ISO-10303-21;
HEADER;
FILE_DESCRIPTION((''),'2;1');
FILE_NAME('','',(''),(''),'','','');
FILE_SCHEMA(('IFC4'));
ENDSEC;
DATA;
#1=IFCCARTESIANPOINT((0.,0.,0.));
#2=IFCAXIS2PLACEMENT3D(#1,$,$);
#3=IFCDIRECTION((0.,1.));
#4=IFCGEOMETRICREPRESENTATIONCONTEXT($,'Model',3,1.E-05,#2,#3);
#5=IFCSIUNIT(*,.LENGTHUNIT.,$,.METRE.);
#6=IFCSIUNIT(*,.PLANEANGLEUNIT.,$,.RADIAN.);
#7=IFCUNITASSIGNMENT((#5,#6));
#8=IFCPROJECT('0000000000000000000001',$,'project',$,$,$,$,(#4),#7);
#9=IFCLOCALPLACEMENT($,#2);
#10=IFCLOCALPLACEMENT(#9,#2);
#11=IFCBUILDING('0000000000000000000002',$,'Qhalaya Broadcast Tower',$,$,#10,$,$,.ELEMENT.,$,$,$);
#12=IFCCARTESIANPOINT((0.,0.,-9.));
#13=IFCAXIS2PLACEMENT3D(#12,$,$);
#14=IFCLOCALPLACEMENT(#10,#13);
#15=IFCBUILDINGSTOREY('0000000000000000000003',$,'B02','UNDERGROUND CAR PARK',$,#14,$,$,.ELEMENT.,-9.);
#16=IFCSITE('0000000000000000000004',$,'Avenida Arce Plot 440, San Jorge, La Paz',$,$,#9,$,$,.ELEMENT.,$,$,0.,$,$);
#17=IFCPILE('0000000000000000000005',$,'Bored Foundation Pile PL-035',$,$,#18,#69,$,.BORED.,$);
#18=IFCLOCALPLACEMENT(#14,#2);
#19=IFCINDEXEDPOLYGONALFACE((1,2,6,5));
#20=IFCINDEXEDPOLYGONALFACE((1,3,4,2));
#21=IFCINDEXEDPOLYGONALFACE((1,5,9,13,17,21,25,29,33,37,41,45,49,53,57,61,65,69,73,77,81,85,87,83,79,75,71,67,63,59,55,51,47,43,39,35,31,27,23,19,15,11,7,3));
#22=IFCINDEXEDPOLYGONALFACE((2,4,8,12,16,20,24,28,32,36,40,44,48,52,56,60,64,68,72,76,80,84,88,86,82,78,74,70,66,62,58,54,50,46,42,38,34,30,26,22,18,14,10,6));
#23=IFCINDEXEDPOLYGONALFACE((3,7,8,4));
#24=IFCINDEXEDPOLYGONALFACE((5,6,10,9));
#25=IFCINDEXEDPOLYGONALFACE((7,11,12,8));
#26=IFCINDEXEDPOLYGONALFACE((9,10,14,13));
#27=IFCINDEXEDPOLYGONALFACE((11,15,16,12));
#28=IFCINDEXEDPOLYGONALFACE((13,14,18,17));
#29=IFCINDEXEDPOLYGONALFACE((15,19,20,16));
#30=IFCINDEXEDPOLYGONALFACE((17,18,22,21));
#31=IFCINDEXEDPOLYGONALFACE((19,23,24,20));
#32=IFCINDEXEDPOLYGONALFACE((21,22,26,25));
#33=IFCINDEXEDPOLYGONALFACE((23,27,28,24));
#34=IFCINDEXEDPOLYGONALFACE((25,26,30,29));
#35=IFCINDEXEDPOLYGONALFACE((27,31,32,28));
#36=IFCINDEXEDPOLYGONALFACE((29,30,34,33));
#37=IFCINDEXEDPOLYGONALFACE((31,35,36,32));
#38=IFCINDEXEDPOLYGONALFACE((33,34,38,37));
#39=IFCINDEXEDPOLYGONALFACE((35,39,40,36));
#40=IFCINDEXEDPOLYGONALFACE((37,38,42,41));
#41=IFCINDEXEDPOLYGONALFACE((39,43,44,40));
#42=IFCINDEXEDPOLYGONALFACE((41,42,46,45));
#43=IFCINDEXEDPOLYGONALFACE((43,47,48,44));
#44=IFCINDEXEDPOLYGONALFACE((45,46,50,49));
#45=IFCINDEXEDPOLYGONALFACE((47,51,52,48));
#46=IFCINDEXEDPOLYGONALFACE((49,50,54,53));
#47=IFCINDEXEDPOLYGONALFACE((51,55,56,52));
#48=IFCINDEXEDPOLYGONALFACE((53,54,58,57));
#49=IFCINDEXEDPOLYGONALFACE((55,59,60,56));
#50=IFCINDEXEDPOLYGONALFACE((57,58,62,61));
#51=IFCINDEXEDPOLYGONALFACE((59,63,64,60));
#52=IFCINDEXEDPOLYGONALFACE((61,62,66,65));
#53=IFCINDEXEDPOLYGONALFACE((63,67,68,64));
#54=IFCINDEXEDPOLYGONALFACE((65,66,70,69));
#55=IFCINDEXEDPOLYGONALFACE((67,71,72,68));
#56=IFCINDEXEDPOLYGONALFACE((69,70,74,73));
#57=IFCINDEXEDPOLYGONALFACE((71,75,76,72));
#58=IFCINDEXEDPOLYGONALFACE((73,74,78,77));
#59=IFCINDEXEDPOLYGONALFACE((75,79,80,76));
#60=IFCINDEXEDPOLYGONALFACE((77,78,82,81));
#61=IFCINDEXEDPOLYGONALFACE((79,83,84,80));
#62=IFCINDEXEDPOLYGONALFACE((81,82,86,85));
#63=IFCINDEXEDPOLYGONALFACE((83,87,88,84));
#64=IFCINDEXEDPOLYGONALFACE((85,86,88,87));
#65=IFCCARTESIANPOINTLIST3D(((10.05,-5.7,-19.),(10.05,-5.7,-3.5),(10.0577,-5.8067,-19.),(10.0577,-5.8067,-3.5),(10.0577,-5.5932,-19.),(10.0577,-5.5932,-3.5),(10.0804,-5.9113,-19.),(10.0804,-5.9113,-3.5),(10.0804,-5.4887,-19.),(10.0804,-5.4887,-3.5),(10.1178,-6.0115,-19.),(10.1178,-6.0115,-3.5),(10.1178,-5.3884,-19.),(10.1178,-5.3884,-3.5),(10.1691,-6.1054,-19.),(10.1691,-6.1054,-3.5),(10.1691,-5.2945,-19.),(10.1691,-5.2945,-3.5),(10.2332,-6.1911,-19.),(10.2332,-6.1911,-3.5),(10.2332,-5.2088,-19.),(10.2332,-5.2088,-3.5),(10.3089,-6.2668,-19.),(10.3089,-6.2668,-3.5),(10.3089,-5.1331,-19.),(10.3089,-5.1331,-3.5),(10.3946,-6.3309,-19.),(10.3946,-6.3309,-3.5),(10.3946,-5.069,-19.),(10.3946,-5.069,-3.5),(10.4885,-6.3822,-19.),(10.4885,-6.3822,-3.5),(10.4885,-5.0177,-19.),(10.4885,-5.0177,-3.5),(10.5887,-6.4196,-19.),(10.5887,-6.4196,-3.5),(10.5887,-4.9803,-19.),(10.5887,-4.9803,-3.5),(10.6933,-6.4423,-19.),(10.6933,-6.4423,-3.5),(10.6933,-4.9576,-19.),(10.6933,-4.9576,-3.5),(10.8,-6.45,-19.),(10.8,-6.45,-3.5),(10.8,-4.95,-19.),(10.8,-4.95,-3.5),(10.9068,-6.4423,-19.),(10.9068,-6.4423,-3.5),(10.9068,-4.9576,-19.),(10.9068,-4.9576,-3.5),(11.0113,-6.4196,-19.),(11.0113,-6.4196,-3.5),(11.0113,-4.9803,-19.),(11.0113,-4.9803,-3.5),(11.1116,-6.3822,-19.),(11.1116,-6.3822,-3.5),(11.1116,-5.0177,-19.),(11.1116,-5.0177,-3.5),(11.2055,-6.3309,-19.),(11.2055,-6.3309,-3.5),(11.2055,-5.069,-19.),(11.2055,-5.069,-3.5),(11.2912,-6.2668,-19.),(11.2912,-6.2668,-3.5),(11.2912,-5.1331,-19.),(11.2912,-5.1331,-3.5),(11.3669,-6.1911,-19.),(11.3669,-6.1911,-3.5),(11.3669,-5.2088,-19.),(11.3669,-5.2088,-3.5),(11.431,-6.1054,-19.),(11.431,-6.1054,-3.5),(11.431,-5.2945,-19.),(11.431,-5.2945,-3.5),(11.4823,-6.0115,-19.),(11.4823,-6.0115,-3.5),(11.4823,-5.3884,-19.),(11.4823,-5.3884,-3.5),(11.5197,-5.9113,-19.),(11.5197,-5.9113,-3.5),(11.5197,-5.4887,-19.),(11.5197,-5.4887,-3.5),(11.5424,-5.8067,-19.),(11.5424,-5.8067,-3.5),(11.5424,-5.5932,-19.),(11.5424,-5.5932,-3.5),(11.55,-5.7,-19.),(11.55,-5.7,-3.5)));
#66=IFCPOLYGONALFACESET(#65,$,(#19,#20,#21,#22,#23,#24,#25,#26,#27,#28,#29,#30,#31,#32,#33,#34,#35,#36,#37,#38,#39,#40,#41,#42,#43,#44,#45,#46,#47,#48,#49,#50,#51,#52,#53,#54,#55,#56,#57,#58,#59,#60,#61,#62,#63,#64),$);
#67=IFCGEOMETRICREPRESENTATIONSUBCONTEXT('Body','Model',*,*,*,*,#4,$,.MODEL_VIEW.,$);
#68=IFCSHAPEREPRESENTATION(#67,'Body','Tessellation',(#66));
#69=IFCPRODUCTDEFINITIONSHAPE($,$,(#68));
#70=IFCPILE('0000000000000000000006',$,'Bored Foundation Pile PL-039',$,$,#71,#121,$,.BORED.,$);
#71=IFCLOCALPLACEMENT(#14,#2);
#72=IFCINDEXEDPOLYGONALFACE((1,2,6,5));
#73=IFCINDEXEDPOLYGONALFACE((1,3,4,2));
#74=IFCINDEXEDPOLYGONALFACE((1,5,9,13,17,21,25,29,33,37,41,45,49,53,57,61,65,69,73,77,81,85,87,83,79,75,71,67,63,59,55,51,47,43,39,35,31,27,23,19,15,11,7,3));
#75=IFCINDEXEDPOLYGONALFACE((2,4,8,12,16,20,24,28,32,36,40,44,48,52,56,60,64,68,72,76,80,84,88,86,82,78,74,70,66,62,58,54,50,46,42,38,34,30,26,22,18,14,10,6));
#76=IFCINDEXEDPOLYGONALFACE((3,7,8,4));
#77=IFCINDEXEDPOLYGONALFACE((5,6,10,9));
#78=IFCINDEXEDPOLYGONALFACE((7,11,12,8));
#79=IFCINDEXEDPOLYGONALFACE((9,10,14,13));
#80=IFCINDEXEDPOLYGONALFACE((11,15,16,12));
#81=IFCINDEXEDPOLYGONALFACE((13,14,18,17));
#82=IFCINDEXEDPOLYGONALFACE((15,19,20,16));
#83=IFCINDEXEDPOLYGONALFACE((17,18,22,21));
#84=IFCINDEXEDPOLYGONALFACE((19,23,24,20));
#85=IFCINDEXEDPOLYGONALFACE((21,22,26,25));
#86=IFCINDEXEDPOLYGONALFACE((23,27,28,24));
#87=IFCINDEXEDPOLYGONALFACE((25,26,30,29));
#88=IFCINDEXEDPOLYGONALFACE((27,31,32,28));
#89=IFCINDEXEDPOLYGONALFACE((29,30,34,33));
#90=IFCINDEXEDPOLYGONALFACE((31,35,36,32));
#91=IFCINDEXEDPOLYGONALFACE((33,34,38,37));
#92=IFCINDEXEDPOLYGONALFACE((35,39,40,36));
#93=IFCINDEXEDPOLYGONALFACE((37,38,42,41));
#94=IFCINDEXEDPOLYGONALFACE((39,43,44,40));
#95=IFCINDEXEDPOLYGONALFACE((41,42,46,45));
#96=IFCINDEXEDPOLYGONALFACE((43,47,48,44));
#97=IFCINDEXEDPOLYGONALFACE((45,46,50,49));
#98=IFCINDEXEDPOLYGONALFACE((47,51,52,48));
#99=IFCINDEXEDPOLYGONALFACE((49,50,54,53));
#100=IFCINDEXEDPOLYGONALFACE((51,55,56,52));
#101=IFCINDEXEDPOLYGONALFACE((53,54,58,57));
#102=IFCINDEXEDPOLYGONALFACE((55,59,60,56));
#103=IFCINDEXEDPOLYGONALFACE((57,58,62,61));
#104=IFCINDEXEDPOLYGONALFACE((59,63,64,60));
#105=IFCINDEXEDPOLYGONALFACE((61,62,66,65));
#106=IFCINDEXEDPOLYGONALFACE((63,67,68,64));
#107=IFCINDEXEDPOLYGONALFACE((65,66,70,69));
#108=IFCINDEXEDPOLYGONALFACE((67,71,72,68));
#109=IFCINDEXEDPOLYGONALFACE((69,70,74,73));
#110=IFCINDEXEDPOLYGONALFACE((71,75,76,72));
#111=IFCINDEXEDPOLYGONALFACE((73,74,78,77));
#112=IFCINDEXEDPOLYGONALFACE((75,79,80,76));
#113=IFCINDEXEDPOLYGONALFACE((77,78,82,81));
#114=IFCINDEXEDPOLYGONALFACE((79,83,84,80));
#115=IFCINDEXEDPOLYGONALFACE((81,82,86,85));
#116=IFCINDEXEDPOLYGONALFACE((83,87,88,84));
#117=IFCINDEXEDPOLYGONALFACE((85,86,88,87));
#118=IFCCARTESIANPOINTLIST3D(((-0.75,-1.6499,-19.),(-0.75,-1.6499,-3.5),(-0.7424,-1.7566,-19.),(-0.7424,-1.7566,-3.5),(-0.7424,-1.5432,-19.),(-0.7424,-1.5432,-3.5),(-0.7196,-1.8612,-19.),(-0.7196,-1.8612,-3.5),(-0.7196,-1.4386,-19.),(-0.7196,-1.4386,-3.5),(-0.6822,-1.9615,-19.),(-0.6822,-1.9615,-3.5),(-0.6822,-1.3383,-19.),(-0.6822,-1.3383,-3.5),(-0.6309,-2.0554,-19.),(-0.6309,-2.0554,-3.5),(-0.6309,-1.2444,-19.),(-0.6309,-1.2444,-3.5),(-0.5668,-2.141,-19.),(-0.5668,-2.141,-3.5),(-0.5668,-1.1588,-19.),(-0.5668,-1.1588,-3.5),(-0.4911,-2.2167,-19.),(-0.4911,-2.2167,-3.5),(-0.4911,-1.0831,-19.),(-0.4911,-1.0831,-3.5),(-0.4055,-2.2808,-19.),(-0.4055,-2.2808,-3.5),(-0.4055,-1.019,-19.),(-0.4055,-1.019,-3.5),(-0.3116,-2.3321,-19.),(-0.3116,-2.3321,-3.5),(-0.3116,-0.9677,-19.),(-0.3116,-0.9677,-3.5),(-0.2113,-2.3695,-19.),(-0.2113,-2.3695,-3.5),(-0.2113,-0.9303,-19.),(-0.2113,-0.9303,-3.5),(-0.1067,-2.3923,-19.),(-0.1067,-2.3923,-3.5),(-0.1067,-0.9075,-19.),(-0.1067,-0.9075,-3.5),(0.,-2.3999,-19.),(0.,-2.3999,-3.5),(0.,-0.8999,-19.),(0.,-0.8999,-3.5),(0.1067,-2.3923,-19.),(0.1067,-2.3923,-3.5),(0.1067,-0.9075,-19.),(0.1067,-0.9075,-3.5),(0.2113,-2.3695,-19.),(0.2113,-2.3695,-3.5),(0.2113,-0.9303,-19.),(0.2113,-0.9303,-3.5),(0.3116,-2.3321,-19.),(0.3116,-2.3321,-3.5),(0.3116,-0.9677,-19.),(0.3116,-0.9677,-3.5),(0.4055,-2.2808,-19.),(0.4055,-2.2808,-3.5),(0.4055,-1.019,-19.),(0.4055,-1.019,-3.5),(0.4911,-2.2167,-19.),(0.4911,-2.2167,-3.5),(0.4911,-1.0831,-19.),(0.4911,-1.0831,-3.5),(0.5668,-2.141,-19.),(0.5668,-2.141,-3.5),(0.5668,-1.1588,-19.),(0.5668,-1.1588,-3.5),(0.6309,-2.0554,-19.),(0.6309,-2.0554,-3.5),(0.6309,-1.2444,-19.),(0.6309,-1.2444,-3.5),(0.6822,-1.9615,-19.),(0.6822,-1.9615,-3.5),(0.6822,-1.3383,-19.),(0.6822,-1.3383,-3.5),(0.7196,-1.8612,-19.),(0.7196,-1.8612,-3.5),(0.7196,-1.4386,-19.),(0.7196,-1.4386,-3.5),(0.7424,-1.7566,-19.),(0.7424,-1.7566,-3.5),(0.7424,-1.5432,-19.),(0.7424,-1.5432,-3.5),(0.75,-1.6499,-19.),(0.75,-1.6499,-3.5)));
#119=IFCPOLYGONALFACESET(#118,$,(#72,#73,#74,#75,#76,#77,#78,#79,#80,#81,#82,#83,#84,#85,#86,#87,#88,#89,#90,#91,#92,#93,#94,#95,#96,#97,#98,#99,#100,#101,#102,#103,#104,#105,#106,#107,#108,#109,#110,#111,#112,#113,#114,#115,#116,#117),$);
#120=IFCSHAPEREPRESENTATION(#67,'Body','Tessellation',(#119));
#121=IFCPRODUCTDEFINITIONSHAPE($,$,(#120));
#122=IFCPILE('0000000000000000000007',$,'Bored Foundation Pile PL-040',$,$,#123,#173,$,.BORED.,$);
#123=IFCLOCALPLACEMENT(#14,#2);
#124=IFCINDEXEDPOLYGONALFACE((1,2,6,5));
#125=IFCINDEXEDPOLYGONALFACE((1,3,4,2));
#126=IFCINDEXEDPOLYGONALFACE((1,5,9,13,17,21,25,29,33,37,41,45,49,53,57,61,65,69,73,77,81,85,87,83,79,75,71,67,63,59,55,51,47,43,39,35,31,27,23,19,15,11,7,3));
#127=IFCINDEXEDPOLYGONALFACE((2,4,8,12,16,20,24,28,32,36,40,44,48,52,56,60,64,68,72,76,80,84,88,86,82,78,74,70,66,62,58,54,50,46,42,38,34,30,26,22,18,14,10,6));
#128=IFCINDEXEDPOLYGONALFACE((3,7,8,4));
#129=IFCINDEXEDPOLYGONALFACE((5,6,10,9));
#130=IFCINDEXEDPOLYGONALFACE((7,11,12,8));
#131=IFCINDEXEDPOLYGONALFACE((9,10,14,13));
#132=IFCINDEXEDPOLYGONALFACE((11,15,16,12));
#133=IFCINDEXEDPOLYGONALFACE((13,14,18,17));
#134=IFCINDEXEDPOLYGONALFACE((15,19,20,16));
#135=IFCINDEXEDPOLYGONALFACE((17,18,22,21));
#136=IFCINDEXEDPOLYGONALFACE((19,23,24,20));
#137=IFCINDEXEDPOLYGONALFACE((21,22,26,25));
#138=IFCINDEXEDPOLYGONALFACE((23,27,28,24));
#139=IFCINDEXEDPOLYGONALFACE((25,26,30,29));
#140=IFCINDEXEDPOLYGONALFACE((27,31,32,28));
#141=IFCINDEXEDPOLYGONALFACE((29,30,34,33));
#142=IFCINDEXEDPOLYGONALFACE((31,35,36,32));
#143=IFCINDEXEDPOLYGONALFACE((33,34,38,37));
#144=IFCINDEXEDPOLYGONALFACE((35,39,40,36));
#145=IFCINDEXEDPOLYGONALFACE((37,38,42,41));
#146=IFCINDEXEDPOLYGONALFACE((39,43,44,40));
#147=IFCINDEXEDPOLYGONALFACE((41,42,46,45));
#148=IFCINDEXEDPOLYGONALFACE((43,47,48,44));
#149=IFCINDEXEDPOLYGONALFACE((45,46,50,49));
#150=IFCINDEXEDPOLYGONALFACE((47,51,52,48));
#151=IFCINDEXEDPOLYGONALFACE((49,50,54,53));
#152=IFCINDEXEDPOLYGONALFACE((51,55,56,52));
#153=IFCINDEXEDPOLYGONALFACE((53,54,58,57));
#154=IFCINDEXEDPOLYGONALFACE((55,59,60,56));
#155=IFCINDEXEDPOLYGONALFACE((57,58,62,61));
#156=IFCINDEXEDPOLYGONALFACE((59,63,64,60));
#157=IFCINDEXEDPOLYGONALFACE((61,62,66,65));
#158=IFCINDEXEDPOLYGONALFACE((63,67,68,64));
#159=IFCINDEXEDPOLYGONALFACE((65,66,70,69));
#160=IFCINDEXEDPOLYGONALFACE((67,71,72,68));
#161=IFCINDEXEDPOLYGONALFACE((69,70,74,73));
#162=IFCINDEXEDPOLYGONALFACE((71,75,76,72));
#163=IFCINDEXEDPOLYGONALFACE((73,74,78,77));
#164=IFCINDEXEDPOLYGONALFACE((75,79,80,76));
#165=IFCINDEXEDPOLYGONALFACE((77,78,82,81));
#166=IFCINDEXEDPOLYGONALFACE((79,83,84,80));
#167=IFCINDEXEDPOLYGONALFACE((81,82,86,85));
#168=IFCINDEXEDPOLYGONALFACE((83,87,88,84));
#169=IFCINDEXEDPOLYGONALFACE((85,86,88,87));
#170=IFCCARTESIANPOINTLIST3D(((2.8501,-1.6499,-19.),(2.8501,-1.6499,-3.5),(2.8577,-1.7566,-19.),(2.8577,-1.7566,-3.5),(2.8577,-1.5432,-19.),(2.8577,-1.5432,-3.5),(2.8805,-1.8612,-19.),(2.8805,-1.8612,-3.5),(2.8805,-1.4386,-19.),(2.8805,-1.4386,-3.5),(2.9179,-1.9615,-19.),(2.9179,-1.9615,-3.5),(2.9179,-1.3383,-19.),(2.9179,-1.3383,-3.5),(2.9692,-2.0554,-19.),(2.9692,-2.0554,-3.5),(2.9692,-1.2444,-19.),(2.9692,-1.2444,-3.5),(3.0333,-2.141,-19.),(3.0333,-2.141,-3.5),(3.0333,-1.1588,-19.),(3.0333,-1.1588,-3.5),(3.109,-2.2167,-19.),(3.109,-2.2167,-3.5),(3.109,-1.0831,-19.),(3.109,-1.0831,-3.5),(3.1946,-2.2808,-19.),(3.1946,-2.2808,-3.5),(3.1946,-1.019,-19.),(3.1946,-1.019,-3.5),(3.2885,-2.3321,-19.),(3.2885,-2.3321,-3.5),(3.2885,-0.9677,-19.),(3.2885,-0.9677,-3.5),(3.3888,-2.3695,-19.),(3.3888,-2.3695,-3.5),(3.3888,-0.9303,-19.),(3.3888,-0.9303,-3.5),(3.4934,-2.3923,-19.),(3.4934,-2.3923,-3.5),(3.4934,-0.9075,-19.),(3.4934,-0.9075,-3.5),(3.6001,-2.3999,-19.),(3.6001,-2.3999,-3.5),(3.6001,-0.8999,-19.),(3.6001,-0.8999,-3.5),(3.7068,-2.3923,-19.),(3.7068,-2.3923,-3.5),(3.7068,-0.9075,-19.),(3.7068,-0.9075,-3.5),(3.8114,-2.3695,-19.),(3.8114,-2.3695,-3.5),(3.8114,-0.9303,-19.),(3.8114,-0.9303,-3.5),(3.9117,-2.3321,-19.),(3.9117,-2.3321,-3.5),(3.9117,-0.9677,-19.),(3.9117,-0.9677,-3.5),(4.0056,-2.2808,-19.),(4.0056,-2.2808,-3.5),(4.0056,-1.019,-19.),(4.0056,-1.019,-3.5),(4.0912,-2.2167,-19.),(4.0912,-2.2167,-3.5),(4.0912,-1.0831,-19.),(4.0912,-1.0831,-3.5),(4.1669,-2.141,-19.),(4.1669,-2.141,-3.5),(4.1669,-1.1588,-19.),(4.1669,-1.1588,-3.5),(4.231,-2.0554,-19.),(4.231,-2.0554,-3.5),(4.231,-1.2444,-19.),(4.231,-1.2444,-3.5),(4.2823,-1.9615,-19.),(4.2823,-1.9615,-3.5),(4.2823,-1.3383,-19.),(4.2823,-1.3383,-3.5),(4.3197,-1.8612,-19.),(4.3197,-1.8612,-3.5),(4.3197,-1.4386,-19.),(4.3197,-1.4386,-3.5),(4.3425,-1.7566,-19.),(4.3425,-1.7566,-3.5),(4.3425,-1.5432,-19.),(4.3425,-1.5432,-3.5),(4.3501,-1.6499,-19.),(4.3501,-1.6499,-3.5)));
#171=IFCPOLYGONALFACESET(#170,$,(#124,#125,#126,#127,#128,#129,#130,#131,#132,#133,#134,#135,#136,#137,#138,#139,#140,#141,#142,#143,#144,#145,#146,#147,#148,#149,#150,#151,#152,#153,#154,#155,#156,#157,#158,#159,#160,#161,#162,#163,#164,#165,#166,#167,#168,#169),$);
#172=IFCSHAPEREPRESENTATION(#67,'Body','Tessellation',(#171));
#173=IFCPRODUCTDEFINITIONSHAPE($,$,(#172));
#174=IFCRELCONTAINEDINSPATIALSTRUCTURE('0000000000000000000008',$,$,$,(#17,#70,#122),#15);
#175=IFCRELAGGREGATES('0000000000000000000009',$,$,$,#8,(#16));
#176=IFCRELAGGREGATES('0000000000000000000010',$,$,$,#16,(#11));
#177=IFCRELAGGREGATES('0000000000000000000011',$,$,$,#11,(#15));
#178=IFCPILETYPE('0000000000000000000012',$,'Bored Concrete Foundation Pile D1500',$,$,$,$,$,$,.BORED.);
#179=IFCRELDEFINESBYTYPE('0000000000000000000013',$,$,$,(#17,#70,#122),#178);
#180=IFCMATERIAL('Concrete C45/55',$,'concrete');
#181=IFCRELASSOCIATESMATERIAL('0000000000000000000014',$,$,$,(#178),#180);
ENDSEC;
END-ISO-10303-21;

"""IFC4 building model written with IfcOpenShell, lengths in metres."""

from ifc_helpers import new_model, si_unit, direction, frame, origin, origin_2d, place, context, subcontext, project, spatial, circle, extrude, material, material_profile, profile_set, type_object, element, save


model = new_model("IFC4")

# Units and contexts
model_context = context("Model", 3, precision=1e-05, world=origin(), true_north=direction((0.0, 1.0)))
body_context = subcontext(model_context, "Body", "Model", "MODEL_VIEW")
ifc_project = project(units=[si_unit("LENGTHUNIT", "METRE"), si_unit("PLANEANGLEUNIT", "RADIAN")], contexts=[model_context])

# Site, building, storey
site_placement = place(None, origin())
site = spatial("IfcSite", under=ifc_project, at=site_placement, Name="Avenida Arce Plot 440, San Jorge, La Paz", CompositionType="ELEMENT", RefElevation=0.0)
building_placement = place(site_placement, origin())
building = spatial("IfcBuilding", under=site, at=building_placement, Name="Qhalaya Broadcast Tower", CompositionType="ELEMENT")
storey_placement = place(building_placement, frame((0.0, 0.0, -9.0)))
storey = spatial("IfcBuildingStorey", under=building, at=storey_placement, Name="B02", Description="UNDERGROUND CAR PARK", CompositionType="ELEMENT", Elevation=-9.0)

# Piles
ifc_material_1 = material(Name="Concrete C45/55", Category="concrete")
ifc_material_profile_1 = material_profile(ifc_material_1, circle(Radius=0.75, at=origin_2d()), Name="PILE D1500")
ifc_profile_set_1 = profile_set([ifc_material_profile_1], Name="Concrete C45/55")
pile_type = type_object("IfcPileType", Name="Bored Concrete Foundation Pile D1500", PredefinedType="BORED", material=ifc_profile_set_1)
for number, where, z_axis, x_axis, name in (
    (1, (10.8, -5.7, -3.5), (0.0, 0.0, -1.0), (1.0, 0.0, 0.0), "Bored Foundation Pile PL-035"),
    (2, (0.0, -1.6499, -3.5), (0.0, 0.0, -1.0), (1.0, 0.0, 0.0), "Bored Foundation Pile PL-039"),
    (3, (3.6001, -1.6499, -3.5), (0.0, 0.0, -1.0), (1.0, 0.0, 0.0), "Bored Foundation Pile PL-040"),
):
    element("IfcPile", number, at=place(storey_placement, frame(where, z_axis=z_axis, x_axis=x_axis)), inside=storey, type_object=pile_type, Name=name, PredefinedType="BORED", context=body_context, shape_type="SweptSolid", body=[
        extrude(circle(Radius=0.75, at=origin_2d()), origin(), (0.0, 0.0, 1.0), 15.5),
    ])

save(model, "model.ifc")
